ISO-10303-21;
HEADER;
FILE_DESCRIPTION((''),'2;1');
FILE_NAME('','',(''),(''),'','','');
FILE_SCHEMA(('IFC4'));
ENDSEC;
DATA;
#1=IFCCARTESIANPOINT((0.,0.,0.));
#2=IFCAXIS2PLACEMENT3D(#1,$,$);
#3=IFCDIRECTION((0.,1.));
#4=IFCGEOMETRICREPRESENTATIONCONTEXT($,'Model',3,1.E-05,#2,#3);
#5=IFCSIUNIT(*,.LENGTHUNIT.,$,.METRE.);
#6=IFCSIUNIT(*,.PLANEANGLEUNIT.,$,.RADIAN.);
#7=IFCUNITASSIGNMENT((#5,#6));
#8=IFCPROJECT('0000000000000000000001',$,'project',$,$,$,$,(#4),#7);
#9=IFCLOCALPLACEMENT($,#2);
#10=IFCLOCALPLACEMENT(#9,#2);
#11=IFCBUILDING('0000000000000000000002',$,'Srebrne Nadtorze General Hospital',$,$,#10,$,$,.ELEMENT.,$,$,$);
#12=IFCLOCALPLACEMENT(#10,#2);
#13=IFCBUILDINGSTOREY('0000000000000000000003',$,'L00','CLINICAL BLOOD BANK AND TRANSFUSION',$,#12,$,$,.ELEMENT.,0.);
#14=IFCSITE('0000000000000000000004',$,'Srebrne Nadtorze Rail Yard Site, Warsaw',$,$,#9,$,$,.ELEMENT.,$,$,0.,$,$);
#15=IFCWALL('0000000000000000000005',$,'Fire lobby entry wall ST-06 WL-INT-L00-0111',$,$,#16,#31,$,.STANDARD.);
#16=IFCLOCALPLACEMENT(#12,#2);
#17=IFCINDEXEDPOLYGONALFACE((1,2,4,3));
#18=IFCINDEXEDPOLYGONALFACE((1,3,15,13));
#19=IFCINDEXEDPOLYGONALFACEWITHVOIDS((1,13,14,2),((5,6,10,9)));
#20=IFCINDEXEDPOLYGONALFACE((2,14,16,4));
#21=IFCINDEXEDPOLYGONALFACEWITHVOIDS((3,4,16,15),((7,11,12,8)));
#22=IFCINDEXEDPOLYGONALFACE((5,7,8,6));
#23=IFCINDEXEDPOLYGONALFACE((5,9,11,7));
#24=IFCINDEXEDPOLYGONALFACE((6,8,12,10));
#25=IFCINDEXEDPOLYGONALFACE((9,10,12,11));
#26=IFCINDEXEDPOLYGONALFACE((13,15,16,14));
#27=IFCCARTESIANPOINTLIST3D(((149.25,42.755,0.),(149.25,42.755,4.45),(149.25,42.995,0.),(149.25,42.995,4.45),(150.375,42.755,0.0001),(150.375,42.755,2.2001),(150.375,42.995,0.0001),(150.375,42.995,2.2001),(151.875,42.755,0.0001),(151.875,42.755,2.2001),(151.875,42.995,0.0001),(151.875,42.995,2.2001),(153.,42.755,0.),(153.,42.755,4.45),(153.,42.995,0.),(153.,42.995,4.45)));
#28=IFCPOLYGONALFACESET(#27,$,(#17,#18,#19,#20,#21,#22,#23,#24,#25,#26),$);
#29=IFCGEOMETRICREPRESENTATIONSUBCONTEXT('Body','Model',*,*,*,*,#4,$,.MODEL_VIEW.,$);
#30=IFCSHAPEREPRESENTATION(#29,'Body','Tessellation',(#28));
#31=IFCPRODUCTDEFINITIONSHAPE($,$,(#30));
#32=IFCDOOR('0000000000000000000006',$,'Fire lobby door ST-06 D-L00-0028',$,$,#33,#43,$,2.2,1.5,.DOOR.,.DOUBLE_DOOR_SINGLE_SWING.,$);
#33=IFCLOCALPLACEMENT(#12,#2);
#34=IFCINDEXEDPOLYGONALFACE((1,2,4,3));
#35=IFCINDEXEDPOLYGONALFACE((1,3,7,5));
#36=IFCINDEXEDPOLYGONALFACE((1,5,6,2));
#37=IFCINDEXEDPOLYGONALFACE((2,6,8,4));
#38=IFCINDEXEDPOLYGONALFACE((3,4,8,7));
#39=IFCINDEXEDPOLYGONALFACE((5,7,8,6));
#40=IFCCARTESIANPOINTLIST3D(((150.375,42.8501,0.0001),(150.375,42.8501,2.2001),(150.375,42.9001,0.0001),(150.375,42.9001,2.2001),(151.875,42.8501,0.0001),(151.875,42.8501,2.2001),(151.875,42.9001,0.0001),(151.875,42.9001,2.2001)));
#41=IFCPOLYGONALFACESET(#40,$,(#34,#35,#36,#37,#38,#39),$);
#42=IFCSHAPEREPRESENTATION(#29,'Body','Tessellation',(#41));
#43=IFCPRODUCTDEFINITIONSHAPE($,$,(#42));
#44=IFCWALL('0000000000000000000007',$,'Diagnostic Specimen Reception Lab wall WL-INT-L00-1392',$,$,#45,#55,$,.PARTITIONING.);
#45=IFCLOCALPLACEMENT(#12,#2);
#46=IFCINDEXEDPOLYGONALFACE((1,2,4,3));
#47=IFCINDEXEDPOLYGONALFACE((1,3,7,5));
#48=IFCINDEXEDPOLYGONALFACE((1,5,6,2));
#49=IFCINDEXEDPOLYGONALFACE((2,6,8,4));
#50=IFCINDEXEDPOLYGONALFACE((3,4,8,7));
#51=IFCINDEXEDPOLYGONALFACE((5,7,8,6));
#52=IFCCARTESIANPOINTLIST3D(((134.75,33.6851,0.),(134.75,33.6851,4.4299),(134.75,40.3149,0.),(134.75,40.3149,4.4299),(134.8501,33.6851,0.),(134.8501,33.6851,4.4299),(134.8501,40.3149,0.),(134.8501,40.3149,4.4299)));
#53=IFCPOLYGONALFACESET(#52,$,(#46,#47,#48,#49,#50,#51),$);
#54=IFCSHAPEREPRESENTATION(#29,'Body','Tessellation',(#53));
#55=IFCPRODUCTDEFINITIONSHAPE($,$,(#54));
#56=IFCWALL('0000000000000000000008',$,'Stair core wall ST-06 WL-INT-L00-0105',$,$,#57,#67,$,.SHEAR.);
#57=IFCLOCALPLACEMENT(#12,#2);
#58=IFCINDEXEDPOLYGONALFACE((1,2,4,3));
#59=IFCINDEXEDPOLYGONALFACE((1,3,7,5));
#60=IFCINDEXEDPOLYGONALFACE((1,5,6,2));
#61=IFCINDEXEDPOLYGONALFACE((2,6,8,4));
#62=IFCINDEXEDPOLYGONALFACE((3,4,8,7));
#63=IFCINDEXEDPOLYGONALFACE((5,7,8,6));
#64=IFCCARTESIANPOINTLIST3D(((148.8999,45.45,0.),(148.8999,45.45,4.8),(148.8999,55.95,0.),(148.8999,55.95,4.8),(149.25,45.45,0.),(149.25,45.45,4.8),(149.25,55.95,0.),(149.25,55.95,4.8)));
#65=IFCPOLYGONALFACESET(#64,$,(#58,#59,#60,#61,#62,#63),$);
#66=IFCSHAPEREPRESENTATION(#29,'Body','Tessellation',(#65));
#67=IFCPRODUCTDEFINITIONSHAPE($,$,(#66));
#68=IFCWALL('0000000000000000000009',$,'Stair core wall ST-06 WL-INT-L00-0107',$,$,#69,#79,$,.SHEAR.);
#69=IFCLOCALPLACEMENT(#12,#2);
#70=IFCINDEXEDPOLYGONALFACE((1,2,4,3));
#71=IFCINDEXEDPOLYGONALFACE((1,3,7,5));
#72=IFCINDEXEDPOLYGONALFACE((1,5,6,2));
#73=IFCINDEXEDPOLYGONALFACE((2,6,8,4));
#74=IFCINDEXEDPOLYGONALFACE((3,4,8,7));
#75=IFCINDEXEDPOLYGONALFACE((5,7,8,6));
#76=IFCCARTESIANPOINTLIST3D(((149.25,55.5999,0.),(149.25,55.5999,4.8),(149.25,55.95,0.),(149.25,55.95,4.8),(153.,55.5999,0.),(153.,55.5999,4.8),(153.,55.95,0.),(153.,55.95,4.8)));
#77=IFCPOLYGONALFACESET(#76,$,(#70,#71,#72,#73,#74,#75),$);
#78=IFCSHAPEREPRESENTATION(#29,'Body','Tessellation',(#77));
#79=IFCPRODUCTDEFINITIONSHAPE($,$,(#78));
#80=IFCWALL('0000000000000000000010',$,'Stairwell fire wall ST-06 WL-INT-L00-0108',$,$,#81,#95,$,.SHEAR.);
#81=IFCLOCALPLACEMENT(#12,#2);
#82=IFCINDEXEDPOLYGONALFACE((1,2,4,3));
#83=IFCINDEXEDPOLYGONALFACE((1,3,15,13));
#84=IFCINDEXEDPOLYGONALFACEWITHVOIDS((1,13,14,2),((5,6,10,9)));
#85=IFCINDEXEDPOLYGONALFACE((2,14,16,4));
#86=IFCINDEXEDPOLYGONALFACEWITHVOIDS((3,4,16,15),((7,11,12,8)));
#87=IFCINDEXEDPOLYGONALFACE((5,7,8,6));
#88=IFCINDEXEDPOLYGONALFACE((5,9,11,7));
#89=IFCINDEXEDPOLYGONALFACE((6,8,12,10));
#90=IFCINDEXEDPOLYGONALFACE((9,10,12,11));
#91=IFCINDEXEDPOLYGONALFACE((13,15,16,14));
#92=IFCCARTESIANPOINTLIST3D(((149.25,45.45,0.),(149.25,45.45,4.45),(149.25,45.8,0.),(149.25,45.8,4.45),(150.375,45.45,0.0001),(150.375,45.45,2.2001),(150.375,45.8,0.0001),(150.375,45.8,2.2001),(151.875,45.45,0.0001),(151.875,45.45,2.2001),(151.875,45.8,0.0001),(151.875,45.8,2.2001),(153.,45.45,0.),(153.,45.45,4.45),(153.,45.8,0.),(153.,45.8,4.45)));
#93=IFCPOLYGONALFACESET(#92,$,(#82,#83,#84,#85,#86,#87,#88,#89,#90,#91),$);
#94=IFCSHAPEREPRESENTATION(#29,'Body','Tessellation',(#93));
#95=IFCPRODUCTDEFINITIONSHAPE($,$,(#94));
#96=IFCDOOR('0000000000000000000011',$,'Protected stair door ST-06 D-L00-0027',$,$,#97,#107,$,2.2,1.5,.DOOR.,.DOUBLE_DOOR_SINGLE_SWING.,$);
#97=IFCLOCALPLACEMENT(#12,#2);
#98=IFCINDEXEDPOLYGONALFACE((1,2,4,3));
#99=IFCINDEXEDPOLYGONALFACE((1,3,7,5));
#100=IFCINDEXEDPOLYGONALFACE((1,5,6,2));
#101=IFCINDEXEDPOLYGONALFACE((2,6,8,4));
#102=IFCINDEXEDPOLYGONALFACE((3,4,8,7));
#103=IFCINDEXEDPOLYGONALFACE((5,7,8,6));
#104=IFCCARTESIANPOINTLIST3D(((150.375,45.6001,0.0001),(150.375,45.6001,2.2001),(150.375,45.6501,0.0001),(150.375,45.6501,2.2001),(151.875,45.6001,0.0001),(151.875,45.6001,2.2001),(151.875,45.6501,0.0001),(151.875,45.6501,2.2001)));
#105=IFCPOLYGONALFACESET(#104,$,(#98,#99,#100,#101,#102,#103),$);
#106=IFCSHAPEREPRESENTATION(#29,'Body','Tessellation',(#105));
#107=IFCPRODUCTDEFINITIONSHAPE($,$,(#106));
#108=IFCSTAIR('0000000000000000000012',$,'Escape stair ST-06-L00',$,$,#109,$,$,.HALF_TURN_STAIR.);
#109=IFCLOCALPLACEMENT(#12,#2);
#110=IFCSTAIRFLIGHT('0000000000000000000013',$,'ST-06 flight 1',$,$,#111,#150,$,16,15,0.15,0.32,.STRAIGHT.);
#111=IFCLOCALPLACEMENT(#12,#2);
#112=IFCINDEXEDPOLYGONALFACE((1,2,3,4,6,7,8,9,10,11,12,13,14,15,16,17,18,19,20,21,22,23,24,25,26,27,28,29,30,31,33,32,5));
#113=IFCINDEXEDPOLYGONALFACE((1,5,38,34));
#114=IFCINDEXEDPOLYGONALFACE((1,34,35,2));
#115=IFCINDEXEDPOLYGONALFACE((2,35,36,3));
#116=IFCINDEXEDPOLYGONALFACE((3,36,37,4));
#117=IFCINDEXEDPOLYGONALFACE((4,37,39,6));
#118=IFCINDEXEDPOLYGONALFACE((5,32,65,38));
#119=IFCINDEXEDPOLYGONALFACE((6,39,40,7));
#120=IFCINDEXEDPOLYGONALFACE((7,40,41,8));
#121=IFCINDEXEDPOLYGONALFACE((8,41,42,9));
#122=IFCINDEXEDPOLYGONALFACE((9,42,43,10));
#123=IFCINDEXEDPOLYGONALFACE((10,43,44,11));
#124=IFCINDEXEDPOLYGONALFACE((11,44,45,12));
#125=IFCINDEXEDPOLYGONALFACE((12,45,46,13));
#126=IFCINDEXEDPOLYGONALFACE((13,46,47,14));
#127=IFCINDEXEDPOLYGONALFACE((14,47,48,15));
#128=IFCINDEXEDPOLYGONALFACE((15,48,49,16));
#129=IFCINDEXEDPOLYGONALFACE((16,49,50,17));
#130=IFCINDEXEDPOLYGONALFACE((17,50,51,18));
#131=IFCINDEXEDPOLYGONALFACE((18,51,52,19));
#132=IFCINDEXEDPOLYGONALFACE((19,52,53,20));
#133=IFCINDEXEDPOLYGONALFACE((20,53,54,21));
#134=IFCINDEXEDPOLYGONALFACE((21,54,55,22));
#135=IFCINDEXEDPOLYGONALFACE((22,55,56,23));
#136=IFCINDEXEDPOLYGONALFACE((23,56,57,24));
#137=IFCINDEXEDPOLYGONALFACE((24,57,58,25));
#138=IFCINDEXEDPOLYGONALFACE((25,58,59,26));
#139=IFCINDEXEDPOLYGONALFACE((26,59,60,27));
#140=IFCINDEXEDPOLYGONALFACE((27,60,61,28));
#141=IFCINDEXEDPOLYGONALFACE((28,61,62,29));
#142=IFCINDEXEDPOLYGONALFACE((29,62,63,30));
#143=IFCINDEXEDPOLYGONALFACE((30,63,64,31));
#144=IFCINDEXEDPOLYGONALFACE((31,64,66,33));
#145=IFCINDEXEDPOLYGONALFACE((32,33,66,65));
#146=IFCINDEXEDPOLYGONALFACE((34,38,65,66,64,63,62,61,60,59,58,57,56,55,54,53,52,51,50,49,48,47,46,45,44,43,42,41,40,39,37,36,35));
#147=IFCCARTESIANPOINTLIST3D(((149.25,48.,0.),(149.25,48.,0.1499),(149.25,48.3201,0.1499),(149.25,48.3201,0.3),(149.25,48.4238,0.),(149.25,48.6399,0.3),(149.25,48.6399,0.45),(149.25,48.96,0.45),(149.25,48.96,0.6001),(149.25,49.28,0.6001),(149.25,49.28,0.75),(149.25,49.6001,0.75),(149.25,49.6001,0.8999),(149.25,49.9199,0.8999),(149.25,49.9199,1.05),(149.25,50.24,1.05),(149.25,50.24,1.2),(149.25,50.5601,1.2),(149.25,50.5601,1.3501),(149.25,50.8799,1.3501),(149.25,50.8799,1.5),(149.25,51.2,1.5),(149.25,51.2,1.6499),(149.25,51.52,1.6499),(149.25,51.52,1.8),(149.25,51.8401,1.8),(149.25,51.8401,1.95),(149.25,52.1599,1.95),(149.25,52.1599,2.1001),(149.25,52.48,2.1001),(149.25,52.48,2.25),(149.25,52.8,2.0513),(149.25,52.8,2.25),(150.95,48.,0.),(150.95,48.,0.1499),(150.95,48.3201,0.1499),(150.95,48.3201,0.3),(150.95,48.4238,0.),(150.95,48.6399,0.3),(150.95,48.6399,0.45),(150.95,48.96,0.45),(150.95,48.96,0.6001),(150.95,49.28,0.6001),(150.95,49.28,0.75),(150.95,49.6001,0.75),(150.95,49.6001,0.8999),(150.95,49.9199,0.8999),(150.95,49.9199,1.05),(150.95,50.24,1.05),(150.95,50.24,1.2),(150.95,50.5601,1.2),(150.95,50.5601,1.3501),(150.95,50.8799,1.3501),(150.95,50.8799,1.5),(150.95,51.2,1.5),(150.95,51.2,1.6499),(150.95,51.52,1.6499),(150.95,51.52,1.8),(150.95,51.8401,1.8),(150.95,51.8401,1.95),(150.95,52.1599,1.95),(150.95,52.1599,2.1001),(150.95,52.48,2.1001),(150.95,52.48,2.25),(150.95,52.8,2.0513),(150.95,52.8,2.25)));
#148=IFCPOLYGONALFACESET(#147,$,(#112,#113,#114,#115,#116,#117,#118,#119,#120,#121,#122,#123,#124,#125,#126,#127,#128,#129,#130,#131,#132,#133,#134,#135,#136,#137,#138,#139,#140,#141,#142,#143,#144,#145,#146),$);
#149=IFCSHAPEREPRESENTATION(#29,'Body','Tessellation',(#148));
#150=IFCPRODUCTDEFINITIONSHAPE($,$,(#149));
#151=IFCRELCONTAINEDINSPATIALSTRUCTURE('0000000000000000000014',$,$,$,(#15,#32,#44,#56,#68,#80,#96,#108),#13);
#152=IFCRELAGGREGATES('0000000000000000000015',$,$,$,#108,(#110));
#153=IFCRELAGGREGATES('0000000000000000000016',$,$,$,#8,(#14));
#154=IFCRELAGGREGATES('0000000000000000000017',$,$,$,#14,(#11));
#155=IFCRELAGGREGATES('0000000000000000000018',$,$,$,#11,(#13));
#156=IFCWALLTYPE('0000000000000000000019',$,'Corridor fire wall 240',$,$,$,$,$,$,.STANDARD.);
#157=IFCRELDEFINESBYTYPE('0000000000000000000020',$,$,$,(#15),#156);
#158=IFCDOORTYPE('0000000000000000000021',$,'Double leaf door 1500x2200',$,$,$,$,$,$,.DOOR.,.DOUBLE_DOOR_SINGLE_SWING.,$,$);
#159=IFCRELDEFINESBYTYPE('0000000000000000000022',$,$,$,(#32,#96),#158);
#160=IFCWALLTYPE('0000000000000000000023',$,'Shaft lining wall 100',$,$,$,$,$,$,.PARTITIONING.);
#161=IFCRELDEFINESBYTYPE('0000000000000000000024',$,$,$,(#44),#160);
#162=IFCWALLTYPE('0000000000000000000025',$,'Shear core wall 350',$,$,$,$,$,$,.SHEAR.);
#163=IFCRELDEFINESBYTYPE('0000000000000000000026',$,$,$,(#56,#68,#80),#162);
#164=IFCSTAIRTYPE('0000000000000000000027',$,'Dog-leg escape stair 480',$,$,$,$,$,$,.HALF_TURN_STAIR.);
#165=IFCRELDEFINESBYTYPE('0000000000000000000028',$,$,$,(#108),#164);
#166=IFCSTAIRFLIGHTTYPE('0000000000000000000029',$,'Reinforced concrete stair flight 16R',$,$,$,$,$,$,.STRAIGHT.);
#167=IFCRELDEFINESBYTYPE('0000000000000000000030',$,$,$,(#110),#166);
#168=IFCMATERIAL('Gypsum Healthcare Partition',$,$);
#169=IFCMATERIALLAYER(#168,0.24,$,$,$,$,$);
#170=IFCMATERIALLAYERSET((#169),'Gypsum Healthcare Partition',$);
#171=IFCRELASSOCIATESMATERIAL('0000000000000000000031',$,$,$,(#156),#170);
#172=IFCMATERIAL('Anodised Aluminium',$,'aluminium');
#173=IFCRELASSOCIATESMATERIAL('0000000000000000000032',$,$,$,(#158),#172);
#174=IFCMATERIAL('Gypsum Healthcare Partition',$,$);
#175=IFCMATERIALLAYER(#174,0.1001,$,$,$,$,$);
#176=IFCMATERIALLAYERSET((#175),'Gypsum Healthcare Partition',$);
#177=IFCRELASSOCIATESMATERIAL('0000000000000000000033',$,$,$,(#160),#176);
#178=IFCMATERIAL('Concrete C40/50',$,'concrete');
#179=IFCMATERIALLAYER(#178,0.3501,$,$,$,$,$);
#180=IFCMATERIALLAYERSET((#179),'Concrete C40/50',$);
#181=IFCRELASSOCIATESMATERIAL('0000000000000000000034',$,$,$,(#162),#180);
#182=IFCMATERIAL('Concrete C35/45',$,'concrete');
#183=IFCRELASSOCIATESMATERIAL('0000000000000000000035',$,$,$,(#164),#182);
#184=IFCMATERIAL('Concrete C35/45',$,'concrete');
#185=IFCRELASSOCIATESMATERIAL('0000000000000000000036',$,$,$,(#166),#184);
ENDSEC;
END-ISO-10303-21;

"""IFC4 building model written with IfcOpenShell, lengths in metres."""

from ifc_helpers import new_model, si_unit, direction, frame, frame_2d, origin, place, context, subcontext, project, spatial, polyline, rectangle, outline, extrude, material, layer, layer_set, type_object, element, fill, aggregate, save


model = new_model("IFC4")

# Units and contexts
model_context = context("Model", 3, precision=1e-05, world=origin(), true_north=direction((0.0, 1.0)))
body_context = subcontext(model_context, "Body", "Model", "MODEL_VIEW")
ifc_project = project(units=[si_unit("LENGTHUNIT", "METRE"), si_unit("PLANEANGLEUNIT", "RADIAN")], contexts=[model_context])

# Site, building, storey
site_placement = place(None, origin())
site = spatial("IfcSite", under=ifc_project, at=site_placement, Name="Srebrne Nadtorze Rail Yard Site, Warsaw", CompositionType="ELEMENT", RefElevation=0.0)
building_placement = place(site_placement, origin())
building = spatial("IfcBuilding", under=site, at=building_placement, Name="Srebrne Nadtorze General Hospital", CompositionType="ELEMENT")
storey_placement = place(building_placement, origin())
storey = spatial("IfcBuildingStorey", under=building, at=storey_placement, Name="L00", Description="CLINICAL BLOOD BANK AND TRANSFUSION", CompositionType="ELEMENT", Elevation=0.0)

# Shared definitions
ifc_material_1 = material(Name="Gypsum Healthcare Partition")
ifc_layer_1 = layer(ifc_material_1, 0.24)
ifc_layer_set_1 = layer_set([ifc_layer_1], Name="Gypsum Healthcare Partition")
wall_type_1 = type_object("IfcWallType", Name="Corridor fire wall 240", PredefinedType="STANDARD", material=ifc_layer_set_1)

# Wall, opening, door
wall_1_placement = place(storey_placement, frame((149.25, 42.875, 0.0), z_axis=(0.0, 0.0, 1.0), x_axis=(1.0, 0.0, 0.0)))
wall_1 = element("IfcWall", 1, at=wall_1_placement, inside=storey, type_object=wall_type_1, Name="Fire lobby entry wall ST-06 WL-INT-L00-0111", PredefinedType="STANDARD", context=body_context, shape_type="SweptSolid", body=[
    extrude(rectangle(XDim=3.75, YDim=0.24, at=frame_2d((1.875, 0.0))), origin(), (0.0, 0.0, 1.0), 4.45),
])
opening_1_placement = place(wall_1_placement, frame((1.125, 0.0, 0.0)))
opening_1 = element("IfcOpeningElement", 2, at=opening_1_placement, cuts=wall_1, PredefinedType="OPENING", context=body_context, shape_type="SweptSolid", body=[
    extrude(rectangle(XDim=1.5, YDim=2.2, at=frame_2d((0.75, 1.1001))), frame((0.0, 0.1318, 0.0), z_axis=(0.0, -1.0, 0.0), x_axis=(1.0, 0.0, 0.0)), (0.0, 0.0, 1.0), 0.2639),
])
ifc_material_2 = material(Name="Anodised Aluminium", Category="aluminium")
door_type = type_object("IfcDoorType", Name="Double leaf door 1500x2200", OperationType="DOUBLE_DOOR_SINGLE_SWING", PredefinedType="DOOR", material=ifc_material_2)
door_1_placement = place(opening_1_placement, frame((1.5, 0.0, 0.0), z_axis=(0.0, 0.0, 1.0), x_axis=(-1.0, 0.0, 0.0)))
door_1 = element("IfcDoor", 3, at=door_1_placement, inside=storey, type_object=door_type, Name="Fire lobby door ST-06 D-L00-0028", OperationType="DOUBLE_DOOR_SINGLE_SWING", OverallHeight=2.2, OverallWidth=1.5, PredefinedType="DOOR", context=body_context, shape_type="SweptSolid", body=[
    extrude(rectangle(XDim=1.5, YDim=2.2, at=frame_2d((0.75, 1.1001))), frame((0.0, 0.0249, 0.0), z_axis=(0.0, -1.0, 0.0), x_axis=(1.0, 0.0, 0.0)), (0.0, 0.0, 1.0), 0.05),
])
fill(opening_1, door_1)

# Walls
ifc_material_3 = material(Name="Gypsum Healthcare Partition")
ifc_layer_2 = layer(ifc_material_3, 0.1001)
ifc_layer_set_2 = layer_set([ifc_layer_2], Name="Gypsum Healthcare Partition")
wall_type_2 = type_object("IfcWallType", Name="Shaft lining wall 100", PredefinedType="PARTITIONING", material=ifc_layer_set_2)
wall_2_placement = place(storey_placement, frame((134.8, 33.6851, 0.0), z_axis=(0.0, 0.0, 1.0), x_axis=(0.0, 1.0, 0.0)))
element("IfcWall", 4, at=wall_2_placement, inside=storey, type_object=wall_type_2, Name="Diagnostic Specimen Reception Lab wall WL-INT-L00-1392", PredefinedType="PARTITIONING", context=body_context, shape_type="SweptSolid", body=[
    extrude(rectangle(XDim=6.6299, YDim=0.1001, at=frame_2d((3.3149, 0.0))), origin(), (0.0, 0.0, 1.0), 4.4299),
])
ifc_material_4 = material(Name="Concrete C40/50", Category="concrete")
ifc_layer_3 = layer(ifc_material_4, 0.3501)
ifc_layer_set_3 = layer_set([ifc_layer_3], Name="Concrete C40/50")
wall_type_3 = type_object("IfcWallType", Name="Shear core wall 350", PredefinedType="SHEAR", material=ifc_layer_set_3)
wall_3_placement = place(storey_placement, frame((149.075, 45.45, 0.0), z_axis=(0.0, 0.0, 1.0), x_axis=(0.0, 1.0, 0.0)))
element("IfcWall", 5, at=wall_3_placement, inside=storey, type_object=wall_type_3, Name="Stair core wall ST-06 WL-INT-L00-0105", PredefinedType="SHEAR", context=body_context, shape_type="SweptSolid", body=[
    extrude(rectangle(XDim=10.5, YDim=0.3501, at=frame_2d((5.25, 0.0))), origin(), (0.0, 0.0, 1.0), 4.8),
])
wall_4_placement = place(storey_placement, frame((149.25, 55.7749, 0.0), z_axis=(0.0, 0.0, 1.0), x_axis=(1.0, 0.0, 0.0)))
element("IfcWall", 6, at=wall_4_placement, inside=storey, type_object=wall_type_3, Name="Stair core wall ST-06 WL-INT-L00-0107", PredefinedType="SHEAR", context=body_context, shape_type="SweptSolid", body=[
    extrude(rectangle(XDim=3.75, YDim=0.3501, at=frame_2d((1.875, 0.0))), origin(), (0.0, 0.0, 1.0), 4.8),
])

# Wall, opening, door
wall_5_placement = place(storey_placement, frame((149.25, 45.625, 0.0), z_axis=(0.0, 0.0, 1.0), x_axis=(1.0, 0.0, 0.0)))
wall_5 = element("IfcWall", 7, at=wall_5_placement, inside=storey, type_object=wall_type_3, Name="Stairwell fire wall ST-06 WL-INT-L00-0108", PredefinedType="SHEAR", context=body_context, shape_type="SweptSolid", body=[
    extrude(rectangle(XDim=3.75, YDim=0.3501, at=frame_2d((1.875, 0.0))), origin(), (0.0, 0.0, 1.0), 4.45),
])
opening_2_placement = place(wall_5_placement, frame((1.125, 0.0, 0.0)))
opening_2 = element("IfcOpeningElement", 8, at=opening_2_placement, cuts=wall_5, PredefinedType="OPENING", context=body_context, shape_type="SweptSolid", body=[
    extrude(rectangle(XDim=1.5, YDim=2.2, at=frame_2d((0.75, 1.1001))), frame((0.0, 0.187, 0.0), z_axis=(0.0, -1.0, 0.0), x_axis=(1.0, 0.0, 0.0)), (0.0, 0.0, 1.0), 0.374),
])
door_2_placement = place(opening_2_placement, frame((1.5, 0.0, 0.0), z_axis=(0.0, 0.0, 1.0), x_axis=(-1.0, 0.0, 0.0)))
door_2 = element("IfcDoor", 9, at=door_2_placement, inside=storey, type_object=door_type, Name="Protected stair door ST-06 D-L00-0027", OperationType="DOUBLE_DOOR_SINGLE_SWING", OverallHeight=2.2, OverallWidth=1.5, PredefinedType="DOOR", context=body_context, shape_type="SweptSolid", body=[
    extrude(rectangle(XDim=1.5, YDim=2.2, at=frame_2d((0.75, 1.1001))), frame((0.0, 0.0249, 0.0), z_axis=(0.0, -1.0, 0.0), x_axis=(1.0, 0.0, 0.0)), (0.0, 0.0, 1.0), 0.05),
])
fill(opening_2, door_2)

# Stair, stair flight
ifc_material_5 = material(Name="Concrete C35/45", Category="concrete")
stair_type = type_object("IfcStairType", Name="Dog-leg escape stair 480", PredefinedType="HALF_TURN_STAIR", material=ifc_material_5)
stair_placement = place(storey_placement, origin())
stair = element("IfcStair", 10, at=stair_placement, inside=storey, type_object=stair_type, Name="Escape stair ST-06-L00", PredefinedType="HALF_TURN_STAIR")
ifc_material_6 = material(Name="Concrete C35/45", Category="concrete")
stair_flight_type = type_object("IfcStairFlightType", Name="Reinforced concrete stair flight 16R", PredefinedType="STRAIGHT", material=ifc_material_6)
stair_flight_placement = place(storey_placement, frame((150.1001, 48.0, 0.0), z_axis=(0.0, 0.0, 1.0), x_axis=(0.0, 1.0, 0.0)))
stair_flight = element("IfcStairFlight", 11, at=stair_flight_placement, type_object=stair_flight_type, Name="ST-06 flight 1", NumberOfRisers=16, NumberOfTreads=15, PredefinedType="STRAIGHT", RiserHeight=0.15, TreadLength=0.32, context=body_context, shape_type="SweptSolid", body=[
    extrude(outline(polyline([(0.0, 0.0), (0.0, 0.1499), (0.3201, 0.1499), (0.3201, 0.3), (0.6399, 0.3), (0.6399, 0.45), (0.96, 0.45), (0.96, 0.6001), (1.28, 0.6001), (1.28, 0.75), (1.6001, 0.75), (1.6001, 0.8999), (1.9199, 0.8999), (1.9199, 1.05), (2.24, 1.05), (2.24, 1.2), (2.5601, 1.2), (2.5601, 1.3501), (2.8799, 1.3501), (2.8799, 1.5), (3.2, 1.5), (3.2, 1.6499), (3.52, 1.6499), (3.52, 1.8), (3.8401, 1.8), (3.8401, 1.95), (4.1599, 1.95), (4.1599, 2.1001), (4.48, 2.1001), (4.48, 2.25), (4.8, 2.25), (4.8, 2.3999), (4.8, 2.0513), (0.4238, 0.0), (0.0, 0.0)])), frame((0.0, 0.8501, 0.0), z_axis=(0.0, -1.0, 0.0), x_axis=(1.0, 0.0, 0.0)), (0.0, 0.0, 1.0), 1.7),
])
aggregate(stair, [stair_flight])

save(model, "model.ifc")
